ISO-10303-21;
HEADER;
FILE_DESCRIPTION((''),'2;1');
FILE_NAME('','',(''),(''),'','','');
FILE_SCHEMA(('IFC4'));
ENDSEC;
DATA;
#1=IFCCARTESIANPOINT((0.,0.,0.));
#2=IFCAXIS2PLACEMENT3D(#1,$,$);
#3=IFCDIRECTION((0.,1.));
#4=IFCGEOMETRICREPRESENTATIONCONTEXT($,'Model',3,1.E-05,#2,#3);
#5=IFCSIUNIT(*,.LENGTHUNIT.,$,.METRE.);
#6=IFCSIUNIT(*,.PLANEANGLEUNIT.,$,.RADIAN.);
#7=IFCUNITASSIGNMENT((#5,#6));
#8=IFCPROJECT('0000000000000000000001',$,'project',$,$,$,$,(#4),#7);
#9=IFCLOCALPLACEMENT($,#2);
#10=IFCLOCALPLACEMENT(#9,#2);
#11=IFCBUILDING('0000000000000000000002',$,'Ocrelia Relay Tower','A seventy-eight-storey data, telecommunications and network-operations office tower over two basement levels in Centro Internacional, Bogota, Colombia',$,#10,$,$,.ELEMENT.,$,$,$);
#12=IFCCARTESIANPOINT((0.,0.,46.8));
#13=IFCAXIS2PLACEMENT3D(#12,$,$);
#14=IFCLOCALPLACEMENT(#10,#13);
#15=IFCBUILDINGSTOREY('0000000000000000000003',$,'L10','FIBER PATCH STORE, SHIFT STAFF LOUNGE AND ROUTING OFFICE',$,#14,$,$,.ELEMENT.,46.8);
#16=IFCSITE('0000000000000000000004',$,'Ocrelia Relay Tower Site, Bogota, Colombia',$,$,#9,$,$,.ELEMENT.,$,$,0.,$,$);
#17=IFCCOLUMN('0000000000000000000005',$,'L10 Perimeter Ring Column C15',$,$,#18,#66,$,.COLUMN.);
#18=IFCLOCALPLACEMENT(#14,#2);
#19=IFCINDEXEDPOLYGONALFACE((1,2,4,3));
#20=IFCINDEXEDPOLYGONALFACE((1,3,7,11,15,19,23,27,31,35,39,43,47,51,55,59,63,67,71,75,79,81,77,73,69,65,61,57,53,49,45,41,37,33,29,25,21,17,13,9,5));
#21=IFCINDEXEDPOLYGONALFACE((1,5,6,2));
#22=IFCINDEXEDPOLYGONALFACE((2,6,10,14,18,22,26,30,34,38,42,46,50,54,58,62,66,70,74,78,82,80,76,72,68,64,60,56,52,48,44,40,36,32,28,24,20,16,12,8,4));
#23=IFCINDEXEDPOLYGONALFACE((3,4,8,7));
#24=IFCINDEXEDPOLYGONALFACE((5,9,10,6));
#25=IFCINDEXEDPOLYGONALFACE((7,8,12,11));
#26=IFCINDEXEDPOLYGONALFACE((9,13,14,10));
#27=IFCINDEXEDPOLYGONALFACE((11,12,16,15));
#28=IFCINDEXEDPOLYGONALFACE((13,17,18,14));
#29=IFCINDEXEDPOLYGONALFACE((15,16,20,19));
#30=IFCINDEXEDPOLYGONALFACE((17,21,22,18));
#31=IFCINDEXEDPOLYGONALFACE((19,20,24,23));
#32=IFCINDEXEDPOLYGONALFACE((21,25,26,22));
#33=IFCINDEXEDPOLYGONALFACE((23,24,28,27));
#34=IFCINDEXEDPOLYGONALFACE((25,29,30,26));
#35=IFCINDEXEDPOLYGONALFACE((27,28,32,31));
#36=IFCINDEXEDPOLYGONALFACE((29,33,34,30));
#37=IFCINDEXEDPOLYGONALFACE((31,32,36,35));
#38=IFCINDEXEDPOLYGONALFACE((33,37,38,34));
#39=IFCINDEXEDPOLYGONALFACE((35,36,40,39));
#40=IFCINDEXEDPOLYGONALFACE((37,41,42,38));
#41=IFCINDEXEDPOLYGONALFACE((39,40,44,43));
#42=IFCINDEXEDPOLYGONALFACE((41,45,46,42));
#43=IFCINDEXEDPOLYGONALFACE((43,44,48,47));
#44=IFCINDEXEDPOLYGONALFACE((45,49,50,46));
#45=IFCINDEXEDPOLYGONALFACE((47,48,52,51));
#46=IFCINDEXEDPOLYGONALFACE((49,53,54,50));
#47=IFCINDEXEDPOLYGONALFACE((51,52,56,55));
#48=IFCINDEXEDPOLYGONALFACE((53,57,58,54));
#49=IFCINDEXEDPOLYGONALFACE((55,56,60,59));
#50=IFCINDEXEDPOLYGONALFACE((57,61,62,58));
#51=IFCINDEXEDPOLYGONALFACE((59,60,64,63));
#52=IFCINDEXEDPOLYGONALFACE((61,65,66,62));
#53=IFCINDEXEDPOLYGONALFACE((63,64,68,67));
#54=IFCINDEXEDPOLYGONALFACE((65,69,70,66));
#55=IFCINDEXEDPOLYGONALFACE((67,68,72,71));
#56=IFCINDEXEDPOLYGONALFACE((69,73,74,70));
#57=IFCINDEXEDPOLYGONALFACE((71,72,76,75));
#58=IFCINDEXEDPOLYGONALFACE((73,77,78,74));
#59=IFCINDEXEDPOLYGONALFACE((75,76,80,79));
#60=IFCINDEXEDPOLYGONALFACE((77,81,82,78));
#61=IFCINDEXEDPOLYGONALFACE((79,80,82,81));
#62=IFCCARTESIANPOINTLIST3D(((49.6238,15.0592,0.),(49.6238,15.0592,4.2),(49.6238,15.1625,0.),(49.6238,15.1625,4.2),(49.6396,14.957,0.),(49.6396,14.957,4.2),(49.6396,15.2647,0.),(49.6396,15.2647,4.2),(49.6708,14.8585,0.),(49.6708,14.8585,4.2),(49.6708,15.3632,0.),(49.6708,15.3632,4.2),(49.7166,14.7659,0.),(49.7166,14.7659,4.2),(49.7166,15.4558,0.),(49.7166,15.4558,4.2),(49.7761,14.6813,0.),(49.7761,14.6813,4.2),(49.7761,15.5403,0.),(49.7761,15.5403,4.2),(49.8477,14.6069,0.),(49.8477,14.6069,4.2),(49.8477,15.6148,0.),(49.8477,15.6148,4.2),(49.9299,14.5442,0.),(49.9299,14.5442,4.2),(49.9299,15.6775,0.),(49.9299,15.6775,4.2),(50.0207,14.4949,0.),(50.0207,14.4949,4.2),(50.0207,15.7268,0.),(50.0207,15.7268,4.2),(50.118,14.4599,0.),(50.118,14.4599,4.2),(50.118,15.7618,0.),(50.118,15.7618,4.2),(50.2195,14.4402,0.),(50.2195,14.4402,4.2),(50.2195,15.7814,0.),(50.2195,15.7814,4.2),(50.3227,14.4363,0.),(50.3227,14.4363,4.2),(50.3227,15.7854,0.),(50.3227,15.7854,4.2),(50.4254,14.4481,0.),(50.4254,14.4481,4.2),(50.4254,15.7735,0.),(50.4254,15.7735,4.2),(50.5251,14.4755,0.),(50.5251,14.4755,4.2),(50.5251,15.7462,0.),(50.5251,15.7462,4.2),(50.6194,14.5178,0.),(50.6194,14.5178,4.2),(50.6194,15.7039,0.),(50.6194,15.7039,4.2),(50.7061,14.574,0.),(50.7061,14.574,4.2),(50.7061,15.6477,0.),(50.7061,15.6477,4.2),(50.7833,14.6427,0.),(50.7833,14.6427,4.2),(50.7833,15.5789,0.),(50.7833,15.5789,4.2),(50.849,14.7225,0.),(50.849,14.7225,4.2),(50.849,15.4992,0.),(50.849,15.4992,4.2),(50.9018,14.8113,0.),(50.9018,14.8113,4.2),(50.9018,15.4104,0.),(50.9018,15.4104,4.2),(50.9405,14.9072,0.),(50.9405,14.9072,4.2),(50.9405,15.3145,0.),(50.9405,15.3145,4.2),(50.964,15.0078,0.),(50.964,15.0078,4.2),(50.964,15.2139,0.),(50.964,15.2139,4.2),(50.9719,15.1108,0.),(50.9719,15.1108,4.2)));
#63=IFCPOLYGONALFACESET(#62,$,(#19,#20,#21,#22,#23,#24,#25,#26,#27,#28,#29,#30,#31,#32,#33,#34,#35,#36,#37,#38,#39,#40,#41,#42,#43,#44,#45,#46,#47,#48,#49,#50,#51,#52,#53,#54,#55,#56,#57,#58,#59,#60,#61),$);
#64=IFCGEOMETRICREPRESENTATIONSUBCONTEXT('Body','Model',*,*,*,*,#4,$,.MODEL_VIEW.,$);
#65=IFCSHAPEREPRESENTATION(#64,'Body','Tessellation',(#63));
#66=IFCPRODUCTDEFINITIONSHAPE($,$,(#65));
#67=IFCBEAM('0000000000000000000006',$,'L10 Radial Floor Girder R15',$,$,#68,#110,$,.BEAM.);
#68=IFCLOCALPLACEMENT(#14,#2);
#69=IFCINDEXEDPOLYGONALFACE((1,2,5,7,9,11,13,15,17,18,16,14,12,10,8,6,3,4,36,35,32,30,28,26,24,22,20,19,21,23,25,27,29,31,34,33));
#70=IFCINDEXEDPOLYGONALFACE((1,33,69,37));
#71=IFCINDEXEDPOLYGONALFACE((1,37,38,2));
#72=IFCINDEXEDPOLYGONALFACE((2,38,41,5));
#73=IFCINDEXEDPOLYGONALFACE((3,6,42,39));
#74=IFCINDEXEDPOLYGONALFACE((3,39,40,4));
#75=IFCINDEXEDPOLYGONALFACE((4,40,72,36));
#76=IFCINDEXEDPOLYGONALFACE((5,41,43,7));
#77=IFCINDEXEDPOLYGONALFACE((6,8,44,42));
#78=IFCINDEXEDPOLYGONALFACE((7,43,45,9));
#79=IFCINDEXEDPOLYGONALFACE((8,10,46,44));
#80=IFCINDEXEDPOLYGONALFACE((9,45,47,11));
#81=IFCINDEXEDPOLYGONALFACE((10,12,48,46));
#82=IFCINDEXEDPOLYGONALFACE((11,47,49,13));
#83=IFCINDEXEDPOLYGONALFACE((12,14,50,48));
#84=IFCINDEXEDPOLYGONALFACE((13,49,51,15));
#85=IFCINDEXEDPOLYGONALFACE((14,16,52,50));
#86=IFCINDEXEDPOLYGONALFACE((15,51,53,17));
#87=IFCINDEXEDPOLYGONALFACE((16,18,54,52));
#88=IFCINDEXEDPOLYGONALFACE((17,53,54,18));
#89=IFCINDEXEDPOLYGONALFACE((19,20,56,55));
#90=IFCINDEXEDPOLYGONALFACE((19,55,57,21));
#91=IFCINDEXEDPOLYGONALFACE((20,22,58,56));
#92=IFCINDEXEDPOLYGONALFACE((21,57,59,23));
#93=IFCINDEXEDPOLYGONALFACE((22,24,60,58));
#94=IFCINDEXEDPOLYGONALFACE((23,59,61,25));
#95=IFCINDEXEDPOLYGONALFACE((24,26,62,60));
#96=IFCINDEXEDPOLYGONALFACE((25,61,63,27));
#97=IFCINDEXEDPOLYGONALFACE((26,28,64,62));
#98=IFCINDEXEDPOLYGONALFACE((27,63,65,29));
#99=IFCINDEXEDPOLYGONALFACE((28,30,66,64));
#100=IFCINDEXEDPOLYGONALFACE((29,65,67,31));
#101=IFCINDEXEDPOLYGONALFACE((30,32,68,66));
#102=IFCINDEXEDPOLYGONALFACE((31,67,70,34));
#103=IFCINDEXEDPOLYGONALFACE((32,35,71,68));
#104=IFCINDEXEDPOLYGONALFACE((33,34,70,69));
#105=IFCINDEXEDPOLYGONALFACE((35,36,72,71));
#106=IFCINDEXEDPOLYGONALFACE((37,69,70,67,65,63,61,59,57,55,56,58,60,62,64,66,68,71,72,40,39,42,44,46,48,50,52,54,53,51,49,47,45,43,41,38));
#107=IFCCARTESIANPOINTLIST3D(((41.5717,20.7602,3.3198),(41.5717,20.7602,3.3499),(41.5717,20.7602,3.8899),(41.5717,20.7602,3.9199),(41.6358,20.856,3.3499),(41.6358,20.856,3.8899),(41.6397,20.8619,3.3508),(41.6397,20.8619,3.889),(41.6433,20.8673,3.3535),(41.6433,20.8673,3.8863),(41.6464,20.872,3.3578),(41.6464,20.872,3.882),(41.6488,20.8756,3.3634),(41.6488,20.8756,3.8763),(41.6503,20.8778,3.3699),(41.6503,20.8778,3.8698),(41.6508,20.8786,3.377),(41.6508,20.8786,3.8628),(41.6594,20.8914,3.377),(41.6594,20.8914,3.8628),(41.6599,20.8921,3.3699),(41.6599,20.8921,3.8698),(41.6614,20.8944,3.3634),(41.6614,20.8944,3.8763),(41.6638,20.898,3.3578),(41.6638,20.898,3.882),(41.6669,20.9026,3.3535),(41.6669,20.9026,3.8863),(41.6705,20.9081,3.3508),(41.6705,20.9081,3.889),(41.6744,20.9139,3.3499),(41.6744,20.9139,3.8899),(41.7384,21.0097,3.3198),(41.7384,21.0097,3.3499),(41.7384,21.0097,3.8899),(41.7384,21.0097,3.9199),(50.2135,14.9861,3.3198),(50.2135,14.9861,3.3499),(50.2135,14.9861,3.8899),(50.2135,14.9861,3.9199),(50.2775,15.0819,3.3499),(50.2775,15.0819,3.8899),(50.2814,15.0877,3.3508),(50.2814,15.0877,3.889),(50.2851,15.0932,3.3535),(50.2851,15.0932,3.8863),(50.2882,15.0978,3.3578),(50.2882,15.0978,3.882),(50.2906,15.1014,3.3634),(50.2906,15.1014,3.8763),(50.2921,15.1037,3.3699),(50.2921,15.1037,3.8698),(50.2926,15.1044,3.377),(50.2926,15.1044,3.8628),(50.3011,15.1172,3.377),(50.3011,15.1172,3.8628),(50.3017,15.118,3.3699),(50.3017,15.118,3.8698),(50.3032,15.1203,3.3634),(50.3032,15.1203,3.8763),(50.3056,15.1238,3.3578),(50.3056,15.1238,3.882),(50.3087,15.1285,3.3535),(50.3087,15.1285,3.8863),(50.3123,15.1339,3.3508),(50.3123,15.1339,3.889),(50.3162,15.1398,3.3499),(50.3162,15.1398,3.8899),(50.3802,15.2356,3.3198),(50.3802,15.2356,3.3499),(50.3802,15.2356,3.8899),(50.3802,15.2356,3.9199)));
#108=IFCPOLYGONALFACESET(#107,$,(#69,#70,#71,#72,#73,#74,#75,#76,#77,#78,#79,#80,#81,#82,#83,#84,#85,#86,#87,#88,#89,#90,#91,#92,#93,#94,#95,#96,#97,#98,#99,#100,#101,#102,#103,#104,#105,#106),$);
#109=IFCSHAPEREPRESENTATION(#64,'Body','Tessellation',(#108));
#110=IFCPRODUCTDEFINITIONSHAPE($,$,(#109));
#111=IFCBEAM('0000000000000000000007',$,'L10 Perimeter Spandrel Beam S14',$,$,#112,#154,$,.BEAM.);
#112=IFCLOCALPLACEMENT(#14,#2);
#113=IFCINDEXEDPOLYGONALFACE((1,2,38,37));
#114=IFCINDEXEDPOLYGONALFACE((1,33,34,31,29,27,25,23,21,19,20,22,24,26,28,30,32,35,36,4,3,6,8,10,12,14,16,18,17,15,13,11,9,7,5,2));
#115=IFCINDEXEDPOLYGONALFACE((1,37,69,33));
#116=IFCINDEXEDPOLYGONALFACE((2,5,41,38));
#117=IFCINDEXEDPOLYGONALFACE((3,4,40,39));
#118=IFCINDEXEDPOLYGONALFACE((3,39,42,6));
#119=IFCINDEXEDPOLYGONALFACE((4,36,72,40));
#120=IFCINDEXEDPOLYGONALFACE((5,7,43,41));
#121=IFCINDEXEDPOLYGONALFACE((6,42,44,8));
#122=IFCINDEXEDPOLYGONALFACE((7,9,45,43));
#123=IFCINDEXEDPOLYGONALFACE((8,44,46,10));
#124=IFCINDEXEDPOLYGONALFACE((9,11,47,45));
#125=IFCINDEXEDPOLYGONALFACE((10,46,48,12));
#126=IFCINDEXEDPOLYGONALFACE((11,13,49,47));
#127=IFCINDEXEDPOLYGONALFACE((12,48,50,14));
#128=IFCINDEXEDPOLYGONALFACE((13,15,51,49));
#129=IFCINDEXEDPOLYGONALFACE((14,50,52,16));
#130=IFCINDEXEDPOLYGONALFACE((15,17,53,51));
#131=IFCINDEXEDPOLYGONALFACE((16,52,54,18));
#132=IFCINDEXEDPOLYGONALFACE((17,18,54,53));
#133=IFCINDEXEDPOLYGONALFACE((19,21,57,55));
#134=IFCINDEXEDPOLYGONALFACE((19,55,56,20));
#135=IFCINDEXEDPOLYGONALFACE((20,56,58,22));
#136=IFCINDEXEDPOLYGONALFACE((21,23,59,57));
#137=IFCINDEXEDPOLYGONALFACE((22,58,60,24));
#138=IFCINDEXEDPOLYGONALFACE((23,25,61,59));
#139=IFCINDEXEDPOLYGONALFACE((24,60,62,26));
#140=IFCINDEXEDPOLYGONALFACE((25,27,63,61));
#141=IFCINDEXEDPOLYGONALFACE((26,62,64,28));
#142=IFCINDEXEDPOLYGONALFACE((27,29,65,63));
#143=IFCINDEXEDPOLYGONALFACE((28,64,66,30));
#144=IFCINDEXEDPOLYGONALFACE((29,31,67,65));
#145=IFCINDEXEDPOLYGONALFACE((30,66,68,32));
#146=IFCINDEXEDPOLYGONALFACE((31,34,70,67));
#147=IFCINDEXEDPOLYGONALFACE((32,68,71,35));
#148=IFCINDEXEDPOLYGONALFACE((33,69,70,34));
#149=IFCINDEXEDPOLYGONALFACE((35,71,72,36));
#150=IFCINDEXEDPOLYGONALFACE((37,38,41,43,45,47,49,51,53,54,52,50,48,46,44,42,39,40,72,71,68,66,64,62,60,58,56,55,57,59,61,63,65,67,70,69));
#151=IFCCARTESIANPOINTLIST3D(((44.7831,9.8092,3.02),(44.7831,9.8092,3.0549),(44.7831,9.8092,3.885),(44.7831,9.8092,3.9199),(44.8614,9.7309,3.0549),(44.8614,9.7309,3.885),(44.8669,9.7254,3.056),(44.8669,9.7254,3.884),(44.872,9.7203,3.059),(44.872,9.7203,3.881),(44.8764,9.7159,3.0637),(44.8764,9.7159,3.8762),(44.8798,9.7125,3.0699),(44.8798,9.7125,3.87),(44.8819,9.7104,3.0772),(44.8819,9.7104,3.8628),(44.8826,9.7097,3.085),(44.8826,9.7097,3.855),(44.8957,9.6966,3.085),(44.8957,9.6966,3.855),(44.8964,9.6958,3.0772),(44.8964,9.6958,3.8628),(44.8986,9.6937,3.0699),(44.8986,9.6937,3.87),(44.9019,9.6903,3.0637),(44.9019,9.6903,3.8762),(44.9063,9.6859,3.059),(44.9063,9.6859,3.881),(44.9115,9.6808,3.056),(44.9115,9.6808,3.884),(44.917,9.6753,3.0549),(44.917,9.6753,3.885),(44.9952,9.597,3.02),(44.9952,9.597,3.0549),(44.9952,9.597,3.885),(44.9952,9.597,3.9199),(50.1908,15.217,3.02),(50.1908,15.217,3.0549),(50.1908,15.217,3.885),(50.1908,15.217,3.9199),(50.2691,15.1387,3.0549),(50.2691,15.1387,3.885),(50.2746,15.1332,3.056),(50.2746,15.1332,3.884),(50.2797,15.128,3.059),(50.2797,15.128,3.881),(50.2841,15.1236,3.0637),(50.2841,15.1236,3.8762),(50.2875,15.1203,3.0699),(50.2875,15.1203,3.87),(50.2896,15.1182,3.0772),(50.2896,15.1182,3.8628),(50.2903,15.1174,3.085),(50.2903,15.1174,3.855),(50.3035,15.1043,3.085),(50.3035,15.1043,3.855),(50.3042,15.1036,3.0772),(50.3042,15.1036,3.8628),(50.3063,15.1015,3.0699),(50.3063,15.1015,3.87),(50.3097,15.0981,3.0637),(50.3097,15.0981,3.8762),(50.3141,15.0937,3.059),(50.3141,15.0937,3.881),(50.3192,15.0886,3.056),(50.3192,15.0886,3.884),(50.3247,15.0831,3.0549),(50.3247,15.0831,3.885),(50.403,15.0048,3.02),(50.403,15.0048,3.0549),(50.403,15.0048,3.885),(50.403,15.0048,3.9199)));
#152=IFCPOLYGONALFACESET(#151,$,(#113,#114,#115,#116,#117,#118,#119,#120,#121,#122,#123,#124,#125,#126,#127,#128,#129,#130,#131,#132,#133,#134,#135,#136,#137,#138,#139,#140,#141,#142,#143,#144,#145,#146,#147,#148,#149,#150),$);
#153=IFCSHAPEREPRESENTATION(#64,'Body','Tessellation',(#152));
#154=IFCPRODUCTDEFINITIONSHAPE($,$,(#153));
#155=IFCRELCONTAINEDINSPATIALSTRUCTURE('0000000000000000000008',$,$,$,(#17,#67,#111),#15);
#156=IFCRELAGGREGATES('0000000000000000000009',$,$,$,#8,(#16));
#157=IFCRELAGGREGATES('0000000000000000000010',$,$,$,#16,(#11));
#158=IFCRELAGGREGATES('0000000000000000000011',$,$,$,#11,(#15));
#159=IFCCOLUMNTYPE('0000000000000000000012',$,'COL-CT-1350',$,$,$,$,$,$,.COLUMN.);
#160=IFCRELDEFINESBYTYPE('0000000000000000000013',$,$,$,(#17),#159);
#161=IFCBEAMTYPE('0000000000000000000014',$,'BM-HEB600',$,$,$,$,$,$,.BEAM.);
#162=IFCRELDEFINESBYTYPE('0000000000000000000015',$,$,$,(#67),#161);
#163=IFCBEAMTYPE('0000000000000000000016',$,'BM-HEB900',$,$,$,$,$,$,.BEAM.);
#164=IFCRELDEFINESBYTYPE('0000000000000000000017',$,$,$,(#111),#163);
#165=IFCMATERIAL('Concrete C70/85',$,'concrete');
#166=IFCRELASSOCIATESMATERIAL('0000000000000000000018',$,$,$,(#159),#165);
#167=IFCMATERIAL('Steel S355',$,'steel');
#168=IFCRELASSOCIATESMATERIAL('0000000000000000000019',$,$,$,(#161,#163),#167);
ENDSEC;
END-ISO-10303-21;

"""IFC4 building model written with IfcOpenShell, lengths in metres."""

from ifc_helpers import new_model, si_unit, direction, frame, origin, origin_2d, place, context, subcontext, project, spatial, circle, i_section, extrude, material, material_profile, profile_set, type_object, element, save


model = new_model("IFC4")

# Units and contexts
model_context = context("Model", 3, precision=1e-05, world=origin(), true_north=direction((0.0, 1.0)))
body_context = subcontext(model_context, "Body", "Model", "MODEL_VIEW")
ifc_project = project(units=[si_unit("LENGTHUNIT", "METRE"), si_unit("PLANEANGLEUNIT", "RADIAN")], contexts=[model_context])

# Site, building, storey
site_placement = place(None, origin())
site = spatial("IfcSite", under=ifc_project, at=site_placement, Name="Ocrelia Relay Tower Site, Bogota, Colombia", CompositionType="ELEMENT", RefElevation=0.0)
building_placement = place(site_placement, origin())
building = spatial("IfcBuilding", under=site, at=building_placement, Name="Ocrelia Relay Tower", Description="A seventy-eight-storey data, telecommunications and network-operations office tower over two basement levels in Centro Internacional, Bogota, Colombia", CompositionType="ELEMENT")
storey_placement = place(building_placement, frame((0.0, 0.0, 46.8)))
storey = spatial("IfcBuildingStorey", under=building, at=storey_placement, Name="L10", Description="FIBER PATCH STORE, SHIFT STAFF LOUNGE AND ROUTING OFFICE", CompositionType="ELEMENT", Elevation=46.8)

# Column
ifc_material_1 = material(Name="Concrete C70/85", Category="concrete")
ifc_material_profile_1 = material_profile(ifc_material_1, circle(Radius=0.675, at=origin_2d()), Name="RC-CIR-1350")
ifc_profile_set_1 = profile_set([ifc_material_profile_1], Name="Concrete C70/85")
column_type = type_object("IfcColumnType", Name="COL-CT-1350", PredefinedType="COLUMN", material=ifc_profile_set_1)
column_placement = place(storey_placement, frame((50.2969, 15.1108, 0.0), z_axis=(0.0, 0.0, 1.0), x_axis=(1.0, 0.0, 0.0)))
element("IfcColumn", 1, at=column_placement, inside=storey, type_object=column_type, Name="L10 Perimeter Ring Column C15", PredefinedType="COLUMN", context=body_context, shape_type="SweptSolid", body=[
    extrude(circle(Radius=0.675, at=origin_2d()), origin(), (0.0, 0.0, 1.0), 4.2),
])

# Beams
ifc_material_2 = material(Name="Steel S355", Category="steel")
ifc_material_profile_2 = material_profile(ifc_material_2, i_section(OverallWidth=0.3, OverallDepth=0.6001, WebThickness=0.0154, FlangeThickness=0.03, FilletRadius=0.0271, at=origin_2d()), Name="HEB 600")
ifc_profile_set_2 = profile_set([ifc_material_profile_2], Name="Steel S355")
beam_type_1 = type_object("IfcBeamType", Name="BM-HEB600", PredefinedType="BEAM", material=ifc_profile_set_2)
beam_1_placement = place(storey_placement, frame((50.2969, 15.1108, 3.6199), z_axis=(-0.831475, 0.555562, 0.0), x_axis=(-0.555562, -0.831475, 0.0)))
element("IfcBeam", 2, at=beam_1_placement, inside=storey, type_object=beam_type_1, Name="L10 Radial Floor Girder R15", PredefinedType="BEAM", context=body_context, shape_type="SweptSolid", body=[
    extrude(i_section(OverallWidth=0.3, OverallDepth=0.6001, WebThickness=0.0154, FlangeThickness=0.03, FilletRadius=0.0271, at=origin_2d()), origin(), (0.0, 0.0, 1.0), 10.3933),
])
ifc_material_profile_3 = material_profile(ifc_material_2, i_section(OverallWidth=0.3, OverallDepth=0.8999, WebThickness=0.0186, FlangeThickness=0.0349, FilletRadius=0.03, at=origin_2d()), Name="HEB 900")
ifc_profile_set_3 = profile_set([ifc_material_profile_3], Name="Steel S355")
beam_type_2 = type_object("IfcBeamType", Name="BM-HEB900", PredefinedType="BEAM", material=ifc_profile_set_3)
beam_2_placement = place(storey_placement, frame((44.8892, 9.7031, 3.47), z_axis=(0.707107, 0.707107, 0.0), x_axis=(-0.707107, 0.707107, 0.0)))
element("IfcBeam", 3, at=beam_2_placement, inside=storey, type_object=beam_type_2, Name="L10 Perimeter Spandrel Beam S14", PredefinedType="BEAM", context=body_context, shape_type="SweptSolid", body=[
    extrude(i_section(OverallWidth=0.3, OverallDepth=0.8999, WebThickness=0.0186, FlangeThickness=0.0349, FilletRadius=0.03, at=origin_2d()), origin(), (0.0, 0.0, 1.0), 7.6477),
])

save(model, "model.ifc")
